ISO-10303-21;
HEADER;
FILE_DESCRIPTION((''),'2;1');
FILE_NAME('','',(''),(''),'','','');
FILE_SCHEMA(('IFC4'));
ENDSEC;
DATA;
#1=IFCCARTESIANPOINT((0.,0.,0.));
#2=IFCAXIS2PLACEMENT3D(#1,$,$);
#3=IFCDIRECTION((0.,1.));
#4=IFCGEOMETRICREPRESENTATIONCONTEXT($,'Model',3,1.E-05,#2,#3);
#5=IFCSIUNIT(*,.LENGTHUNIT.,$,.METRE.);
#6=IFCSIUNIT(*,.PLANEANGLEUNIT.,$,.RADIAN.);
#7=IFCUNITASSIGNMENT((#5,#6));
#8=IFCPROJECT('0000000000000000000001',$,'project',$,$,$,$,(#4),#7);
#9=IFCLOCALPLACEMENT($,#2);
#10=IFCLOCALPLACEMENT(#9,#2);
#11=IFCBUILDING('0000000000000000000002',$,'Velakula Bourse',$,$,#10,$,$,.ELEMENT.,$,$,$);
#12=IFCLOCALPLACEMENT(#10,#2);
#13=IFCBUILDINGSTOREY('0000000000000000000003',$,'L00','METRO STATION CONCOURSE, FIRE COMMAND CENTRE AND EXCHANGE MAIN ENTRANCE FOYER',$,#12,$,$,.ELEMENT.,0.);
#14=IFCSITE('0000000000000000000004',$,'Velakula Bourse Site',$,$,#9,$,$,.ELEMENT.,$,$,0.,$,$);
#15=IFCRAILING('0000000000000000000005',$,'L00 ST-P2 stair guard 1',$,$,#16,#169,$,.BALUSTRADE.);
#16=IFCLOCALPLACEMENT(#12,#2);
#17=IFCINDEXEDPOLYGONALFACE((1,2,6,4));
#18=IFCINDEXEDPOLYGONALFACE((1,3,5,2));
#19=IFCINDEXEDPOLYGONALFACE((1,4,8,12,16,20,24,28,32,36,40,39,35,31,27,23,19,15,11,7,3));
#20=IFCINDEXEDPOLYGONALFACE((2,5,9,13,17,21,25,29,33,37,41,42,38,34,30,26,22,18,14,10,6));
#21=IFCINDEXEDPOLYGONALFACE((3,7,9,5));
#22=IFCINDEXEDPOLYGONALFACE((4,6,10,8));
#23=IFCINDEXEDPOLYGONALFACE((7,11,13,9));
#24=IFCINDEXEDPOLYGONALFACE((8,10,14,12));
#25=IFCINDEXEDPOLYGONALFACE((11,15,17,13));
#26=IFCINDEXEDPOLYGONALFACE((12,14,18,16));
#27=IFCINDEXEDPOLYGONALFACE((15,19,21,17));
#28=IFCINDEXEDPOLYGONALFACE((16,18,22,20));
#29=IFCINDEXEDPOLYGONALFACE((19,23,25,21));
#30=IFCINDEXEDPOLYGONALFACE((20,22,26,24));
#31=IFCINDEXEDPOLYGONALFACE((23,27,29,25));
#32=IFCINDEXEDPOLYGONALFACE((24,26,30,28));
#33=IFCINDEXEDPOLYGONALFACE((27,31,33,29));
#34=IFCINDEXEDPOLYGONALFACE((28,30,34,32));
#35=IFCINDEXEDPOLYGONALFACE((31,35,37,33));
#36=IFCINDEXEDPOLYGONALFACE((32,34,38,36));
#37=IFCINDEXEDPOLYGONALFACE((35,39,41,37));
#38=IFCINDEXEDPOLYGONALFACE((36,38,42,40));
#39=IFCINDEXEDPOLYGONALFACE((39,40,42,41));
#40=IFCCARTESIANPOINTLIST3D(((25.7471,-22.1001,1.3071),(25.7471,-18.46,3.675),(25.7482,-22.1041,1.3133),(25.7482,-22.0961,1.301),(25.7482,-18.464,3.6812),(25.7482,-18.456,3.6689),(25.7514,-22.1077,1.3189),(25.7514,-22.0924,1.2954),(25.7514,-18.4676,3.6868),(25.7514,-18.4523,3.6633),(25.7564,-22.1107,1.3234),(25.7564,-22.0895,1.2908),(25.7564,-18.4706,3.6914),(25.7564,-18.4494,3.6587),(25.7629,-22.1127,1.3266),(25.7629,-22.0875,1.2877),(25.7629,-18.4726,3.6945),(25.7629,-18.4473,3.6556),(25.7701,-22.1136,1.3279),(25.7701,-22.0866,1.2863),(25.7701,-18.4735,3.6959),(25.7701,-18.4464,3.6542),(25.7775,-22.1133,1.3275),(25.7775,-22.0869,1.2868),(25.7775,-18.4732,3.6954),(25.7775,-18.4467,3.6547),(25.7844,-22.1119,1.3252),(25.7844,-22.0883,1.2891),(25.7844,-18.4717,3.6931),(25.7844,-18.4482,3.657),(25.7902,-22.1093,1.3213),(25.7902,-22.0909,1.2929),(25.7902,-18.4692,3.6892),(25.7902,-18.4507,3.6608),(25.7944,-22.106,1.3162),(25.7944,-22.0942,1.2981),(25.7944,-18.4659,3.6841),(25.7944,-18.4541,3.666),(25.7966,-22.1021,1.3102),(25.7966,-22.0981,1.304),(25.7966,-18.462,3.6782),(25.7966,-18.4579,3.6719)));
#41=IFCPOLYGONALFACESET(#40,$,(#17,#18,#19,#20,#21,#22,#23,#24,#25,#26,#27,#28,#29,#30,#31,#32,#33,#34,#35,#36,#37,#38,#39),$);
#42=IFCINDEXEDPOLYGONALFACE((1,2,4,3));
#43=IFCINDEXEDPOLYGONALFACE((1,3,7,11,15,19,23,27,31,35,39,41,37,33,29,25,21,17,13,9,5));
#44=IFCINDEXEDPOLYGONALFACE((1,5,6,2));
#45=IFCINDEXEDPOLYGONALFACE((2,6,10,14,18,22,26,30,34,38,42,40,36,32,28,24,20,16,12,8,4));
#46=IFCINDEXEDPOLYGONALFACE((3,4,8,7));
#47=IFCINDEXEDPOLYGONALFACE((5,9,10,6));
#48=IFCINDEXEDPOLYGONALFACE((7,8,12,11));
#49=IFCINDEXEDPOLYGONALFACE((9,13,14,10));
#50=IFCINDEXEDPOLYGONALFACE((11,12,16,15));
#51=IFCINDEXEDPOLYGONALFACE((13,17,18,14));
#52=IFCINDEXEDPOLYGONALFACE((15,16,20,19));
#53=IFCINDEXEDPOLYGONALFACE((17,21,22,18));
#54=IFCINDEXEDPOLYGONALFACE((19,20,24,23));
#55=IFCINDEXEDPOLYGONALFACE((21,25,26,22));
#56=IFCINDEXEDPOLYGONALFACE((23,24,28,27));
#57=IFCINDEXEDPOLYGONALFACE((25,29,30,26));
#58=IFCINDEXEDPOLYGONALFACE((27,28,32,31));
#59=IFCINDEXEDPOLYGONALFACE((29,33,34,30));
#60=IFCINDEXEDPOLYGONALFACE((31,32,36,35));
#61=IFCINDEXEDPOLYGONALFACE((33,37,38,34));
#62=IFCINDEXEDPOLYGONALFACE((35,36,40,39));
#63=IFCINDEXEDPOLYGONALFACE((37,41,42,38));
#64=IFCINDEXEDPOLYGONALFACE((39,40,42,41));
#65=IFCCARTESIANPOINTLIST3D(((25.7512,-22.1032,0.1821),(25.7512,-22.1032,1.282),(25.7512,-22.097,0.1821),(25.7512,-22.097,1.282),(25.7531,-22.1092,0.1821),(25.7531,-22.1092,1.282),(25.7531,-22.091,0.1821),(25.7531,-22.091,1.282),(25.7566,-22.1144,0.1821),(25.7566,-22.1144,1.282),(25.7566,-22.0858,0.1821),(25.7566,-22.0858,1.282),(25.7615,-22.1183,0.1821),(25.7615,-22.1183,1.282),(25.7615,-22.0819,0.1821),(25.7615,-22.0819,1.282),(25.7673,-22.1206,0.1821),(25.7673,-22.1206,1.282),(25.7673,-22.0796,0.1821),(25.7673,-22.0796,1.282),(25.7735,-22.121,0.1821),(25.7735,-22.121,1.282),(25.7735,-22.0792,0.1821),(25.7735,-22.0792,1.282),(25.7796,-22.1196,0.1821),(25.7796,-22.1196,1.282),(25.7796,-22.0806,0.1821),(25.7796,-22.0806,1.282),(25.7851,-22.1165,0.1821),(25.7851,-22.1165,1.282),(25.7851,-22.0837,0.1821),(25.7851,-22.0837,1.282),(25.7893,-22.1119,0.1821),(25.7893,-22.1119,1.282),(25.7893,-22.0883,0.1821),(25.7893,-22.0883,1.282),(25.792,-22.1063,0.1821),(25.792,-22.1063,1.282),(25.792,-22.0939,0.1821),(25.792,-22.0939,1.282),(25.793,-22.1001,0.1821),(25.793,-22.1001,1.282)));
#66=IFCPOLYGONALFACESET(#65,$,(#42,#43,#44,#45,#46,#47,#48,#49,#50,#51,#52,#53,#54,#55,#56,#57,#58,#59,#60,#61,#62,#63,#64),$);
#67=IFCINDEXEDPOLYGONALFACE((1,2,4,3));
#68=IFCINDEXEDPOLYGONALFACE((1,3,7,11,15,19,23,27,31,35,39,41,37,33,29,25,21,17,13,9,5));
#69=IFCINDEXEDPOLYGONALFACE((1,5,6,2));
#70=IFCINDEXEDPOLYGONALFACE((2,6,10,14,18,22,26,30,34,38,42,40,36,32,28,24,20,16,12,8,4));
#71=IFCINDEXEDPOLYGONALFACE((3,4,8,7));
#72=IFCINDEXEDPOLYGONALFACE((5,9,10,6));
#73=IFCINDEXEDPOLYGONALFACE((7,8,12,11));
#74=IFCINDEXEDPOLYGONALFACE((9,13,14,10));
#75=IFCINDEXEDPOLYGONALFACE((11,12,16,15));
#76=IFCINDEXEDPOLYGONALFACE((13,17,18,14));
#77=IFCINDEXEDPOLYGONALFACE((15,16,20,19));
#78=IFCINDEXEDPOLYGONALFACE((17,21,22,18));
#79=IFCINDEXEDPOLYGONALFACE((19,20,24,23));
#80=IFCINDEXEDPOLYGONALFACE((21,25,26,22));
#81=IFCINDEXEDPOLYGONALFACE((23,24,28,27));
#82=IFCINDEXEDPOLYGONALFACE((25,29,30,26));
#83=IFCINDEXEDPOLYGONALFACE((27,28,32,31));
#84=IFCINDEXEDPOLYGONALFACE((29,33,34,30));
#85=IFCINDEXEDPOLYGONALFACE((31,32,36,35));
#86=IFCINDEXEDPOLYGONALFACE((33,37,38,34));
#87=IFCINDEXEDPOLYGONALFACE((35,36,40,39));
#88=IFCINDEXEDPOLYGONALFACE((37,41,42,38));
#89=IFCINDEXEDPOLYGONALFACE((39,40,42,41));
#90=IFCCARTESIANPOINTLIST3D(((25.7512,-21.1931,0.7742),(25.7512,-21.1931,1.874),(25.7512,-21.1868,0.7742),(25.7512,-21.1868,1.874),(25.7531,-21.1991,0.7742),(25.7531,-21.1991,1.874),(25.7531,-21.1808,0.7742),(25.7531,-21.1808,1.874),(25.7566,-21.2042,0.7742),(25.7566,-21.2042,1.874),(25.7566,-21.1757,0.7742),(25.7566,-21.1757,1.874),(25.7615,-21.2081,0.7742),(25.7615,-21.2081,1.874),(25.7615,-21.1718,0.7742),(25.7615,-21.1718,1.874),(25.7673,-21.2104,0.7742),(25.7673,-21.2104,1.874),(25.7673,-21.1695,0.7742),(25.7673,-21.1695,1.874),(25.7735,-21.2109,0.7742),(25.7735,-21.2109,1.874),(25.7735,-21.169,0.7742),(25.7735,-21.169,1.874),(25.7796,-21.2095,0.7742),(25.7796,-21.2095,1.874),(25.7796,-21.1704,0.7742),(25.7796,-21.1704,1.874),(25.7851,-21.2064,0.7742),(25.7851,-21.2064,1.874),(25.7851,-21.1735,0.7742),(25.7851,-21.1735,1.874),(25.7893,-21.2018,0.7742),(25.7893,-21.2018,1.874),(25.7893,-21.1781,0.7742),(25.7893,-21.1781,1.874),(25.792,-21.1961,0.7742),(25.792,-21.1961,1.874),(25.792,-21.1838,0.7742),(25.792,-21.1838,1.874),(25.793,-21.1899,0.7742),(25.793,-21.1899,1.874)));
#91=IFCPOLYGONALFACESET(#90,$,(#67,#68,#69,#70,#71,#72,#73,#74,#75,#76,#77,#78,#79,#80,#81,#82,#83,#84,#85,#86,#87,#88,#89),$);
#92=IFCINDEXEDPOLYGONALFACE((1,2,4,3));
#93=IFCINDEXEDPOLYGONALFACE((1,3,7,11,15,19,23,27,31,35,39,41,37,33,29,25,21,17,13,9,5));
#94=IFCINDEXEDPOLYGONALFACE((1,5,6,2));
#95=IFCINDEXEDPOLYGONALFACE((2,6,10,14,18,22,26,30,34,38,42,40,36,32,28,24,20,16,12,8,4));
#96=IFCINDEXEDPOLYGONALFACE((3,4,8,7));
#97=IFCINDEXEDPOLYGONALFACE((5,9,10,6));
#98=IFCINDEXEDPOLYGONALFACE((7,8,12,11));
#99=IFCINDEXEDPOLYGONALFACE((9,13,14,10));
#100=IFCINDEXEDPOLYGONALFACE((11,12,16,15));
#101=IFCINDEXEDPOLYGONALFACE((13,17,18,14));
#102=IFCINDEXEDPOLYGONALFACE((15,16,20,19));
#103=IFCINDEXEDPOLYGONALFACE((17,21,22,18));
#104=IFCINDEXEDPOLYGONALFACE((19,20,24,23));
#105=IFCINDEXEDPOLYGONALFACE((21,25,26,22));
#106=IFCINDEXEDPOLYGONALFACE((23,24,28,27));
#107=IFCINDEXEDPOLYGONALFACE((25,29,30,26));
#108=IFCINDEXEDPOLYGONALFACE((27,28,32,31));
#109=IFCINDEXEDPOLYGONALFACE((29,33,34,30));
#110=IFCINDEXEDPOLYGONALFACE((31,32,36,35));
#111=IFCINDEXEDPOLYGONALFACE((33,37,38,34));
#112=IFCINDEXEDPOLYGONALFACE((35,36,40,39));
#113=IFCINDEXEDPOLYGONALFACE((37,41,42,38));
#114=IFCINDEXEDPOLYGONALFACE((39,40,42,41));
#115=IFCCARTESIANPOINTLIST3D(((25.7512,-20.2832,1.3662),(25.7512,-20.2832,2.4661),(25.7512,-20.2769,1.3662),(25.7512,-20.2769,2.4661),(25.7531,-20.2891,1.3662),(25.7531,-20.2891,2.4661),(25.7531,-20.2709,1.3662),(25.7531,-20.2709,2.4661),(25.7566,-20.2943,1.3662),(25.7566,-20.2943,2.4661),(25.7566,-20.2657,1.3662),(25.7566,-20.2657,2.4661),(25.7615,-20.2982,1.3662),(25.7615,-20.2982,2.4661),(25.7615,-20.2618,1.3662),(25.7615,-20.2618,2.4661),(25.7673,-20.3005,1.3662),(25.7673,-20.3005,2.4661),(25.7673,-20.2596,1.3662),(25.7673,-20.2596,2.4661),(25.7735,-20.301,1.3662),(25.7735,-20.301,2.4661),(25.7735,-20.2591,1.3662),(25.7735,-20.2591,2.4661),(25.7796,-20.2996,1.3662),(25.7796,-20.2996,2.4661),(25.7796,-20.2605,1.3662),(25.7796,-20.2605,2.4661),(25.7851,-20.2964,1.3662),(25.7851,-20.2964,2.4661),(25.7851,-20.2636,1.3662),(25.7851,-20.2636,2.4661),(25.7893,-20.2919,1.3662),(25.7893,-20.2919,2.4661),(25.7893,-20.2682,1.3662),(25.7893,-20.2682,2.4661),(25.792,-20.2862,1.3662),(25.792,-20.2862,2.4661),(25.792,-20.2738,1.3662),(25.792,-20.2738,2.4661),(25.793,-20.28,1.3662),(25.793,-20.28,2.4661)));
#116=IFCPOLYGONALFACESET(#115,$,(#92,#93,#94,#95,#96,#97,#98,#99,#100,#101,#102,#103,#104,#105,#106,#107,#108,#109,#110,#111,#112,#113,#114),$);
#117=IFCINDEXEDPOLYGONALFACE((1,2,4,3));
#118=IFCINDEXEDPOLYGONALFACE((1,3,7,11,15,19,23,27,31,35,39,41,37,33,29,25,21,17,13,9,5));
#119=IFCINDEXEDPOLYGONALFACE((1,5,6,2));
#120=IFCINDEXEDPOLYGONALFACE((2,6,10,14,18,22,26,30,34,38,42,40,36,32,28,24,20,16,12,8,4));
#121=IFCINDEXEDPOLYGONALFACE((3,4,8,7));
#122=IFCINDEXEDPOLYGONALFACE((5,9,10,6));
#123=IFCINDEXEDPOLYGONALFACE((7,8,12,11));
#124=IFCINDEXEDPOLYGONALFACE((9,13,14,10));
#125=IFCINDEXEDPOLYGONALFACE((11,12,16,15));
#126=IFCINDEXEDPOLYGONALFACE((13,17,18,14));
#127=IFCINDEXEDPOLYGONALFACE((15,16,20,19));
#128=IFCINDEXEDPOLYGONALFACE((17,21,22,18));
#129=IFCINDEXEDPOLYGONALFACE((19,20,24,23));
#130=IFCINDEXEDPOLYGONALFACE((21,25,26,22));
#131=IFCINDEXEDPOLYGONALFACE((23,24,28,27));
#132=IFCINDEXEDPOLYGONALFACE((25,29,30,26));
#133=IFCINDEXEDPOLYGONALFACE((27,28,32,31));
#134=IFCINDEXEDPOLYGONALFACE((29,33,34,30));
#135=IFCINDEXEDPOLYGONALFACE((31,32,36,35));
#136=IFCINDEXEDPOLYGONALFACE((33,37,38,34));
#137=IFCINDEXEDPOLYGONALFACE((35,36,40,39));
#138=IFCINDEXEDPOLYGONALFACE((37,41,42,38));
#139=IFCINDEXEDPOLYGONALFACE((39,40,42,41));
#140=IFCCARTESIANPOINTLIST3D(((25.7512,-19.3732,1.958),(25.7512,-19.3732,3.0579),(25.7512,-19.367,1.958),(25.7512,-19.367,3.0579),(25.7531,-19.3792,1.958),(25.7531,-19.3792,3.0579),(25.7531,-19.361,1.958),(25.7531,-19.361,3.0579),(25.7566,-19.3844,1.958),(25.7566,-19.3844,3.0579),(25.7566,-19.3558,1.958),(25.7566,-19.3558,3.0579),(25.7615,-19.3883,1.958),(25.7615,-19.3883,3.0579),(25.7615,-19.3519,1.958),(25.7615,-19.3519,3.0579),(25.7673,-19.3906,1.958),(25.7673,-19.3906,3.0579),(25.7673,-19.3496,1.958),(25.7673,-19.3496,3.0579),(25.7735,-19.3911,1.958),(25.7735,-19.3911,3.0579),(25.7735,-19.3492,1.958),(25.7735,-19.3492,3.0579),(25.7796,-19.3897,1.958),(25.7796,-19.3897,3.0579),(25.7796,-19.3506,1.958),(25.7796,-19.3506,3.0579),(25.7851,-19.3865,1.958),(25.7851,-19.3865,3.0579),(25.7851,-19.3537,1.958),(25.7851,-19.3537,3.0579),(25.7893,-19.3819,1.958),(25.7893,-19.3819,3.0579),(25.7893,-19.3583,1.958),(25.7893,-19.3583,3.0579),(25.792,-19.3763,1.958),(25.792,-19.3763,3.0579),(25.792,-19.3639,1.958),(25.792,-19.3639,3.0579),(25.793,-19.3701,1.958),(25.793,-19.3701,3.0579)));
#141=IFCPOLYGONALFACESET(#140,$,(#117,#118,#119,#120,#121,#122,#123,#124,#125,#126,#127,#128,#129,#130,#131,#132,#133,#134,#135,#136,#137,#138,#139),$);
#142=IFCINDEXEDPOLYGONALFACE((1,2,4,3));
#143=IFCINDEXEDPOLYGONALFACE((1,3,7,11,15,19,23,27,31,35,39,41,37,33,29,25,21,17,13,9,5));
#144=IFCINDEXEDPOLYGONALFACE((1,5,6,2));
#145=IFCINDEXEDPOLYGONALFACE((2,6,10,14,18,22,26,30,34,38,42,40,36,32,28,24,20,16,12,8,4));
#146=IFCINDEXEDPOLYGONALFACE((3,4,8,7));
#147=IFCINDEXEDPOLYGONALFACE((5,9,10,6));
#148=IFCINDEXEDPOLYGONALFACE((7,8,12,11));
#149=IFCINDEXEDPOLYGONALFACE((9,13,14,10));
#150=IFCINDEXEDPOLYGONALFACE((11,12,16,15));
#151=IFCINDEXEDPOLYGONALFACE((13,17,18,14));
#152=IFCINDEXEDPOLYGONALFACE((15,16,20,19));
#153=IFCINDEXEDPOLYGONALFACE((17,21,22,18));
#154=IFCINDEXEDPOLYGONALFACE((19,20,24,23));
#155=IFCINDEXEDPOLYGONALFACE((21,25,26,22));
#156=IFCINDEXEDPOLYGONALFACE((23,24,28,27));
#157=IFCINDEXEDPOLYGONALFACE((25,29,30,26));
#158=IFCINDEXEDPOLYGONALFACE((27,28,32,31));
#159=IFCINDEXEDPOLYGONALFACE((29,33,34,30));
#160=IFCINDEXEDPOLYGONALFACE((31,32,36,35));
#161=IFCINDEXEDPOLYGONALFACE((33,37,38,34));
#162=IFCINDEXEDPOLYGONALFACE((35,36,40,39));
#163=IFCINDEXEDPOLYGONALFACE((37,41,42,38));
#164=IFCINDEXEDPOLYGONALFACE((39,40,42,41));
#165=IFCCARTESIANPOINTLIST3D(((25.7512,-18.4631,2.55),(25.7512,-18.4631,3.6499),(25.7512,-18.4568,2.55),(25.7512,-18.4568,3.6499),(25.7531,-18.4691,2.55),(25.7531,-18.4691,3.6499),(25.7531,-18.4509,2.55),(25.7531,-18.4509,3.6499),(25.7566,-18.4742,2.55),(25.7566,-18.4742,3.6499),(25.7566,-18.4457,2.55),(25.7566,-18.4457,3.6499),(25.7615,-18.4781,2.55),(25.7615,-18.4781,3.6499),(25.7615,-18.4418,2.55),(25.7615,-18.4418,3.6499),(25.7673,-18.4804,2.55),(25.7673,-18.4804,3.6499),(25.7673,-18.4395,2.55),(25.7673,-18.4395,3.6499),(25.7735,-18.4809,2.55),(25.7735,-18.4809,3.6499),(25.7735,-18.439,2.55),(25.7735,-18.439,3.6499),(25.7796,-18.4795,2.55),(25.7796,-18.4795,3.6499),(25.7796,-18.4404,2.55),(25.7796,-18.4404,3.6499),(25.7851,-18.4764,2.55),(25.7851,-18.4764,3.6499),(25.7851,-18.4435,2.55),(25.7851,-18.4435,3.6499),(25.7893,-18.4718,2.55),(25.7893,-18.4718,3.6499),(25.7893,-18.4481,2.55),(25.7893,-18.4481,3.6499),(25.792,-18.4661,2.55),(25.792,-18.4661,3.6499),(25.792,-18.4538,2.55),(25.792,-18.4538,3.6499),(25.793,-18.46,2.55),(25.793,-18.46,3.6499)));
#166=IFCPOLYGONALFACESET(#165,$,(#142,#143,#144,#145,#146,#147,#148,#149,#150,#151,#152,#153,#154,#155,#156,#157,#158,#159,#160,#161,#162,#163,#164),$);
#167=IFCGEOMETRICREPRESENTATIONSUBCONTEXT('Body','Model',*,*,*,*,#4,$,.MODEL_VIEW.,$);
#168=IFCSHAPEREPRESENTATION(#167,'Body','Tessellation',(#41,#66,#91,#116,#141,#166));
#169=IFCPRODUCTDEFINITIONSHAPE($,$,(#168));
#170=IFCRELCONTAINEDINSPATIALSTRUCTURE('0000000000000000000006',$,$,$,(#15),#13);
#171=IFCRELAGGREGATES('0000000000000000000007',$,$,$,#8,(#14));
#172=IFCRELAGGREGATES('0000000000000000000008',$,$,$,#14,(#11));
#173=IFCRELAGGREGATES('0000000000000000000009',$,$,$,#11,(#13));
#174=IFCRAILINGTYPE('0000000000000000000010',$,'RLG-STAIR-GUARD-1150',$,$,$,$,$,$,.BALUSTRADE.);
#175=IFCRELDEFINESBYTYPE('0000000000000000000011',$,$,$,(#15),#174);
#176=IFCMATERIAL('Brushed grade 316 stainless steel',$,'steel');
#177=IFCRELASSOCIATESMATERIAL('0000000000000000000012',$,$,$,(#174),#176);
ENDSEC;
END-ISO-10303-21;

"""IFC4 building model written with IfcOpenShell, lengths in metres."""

from ifc_helpers import new_model, si_unit, direction, frame, origin, origin_2d, place, context, subcontext, project, spatial, circle, extrude, material, type_object, element, save


model = new_model("IFC4")

# Units and contexts
model_context = context("Model", 3, precision=1e-05, world=origin(), true_north=direction((0.0, 1.0)))
body_context = subcontext(model_context, "Body", "Model", "MODEL_VIEW")
ifc_project = project(units=[si_unit("LENGTHUNIT", "METRE"), si_unit("PLANEANGLEUNIT", "RADIAN")], contexts=[model_context])

# Site, building, storey
site_placement = place(None, origin())
site = spatial("IfcSite", under=ifc_project, at=site_placement, Name="Velakula Bourse Site", CompositionType="ELEMENT", RefElevation=0.0)
building_placement = place(site_placement, origin())
building = spatial("IfcBuilding", under=site, at=building_placement, Name="Velakula Bourse", CompositionType="ELEMENT")
storey_placement = place(building_placement, origin())
storey = spatial("IfcBuildingStorey", under=building, at=storey_placement, Name="L00", Description="METRO STATION CONCOURSE, FIRE COMMAND CENTRE AND EXCHANGE MAIN ENTRANCE FOYER", CompositionType="ELEMENT", Elevation=0.0)

# Railing
ifc_material_1 = material(Name="Brushed grade 316 stainless steel", Category="steel")
railing_type_1 = type_object("IfcRailingType", Name="RLG-STAIR-GUARD-1150", PredefinedType="BALUSTRADE", material=ifc_material_1)
railing_1_placement = place(storey_placement, frame((25.772, -22.1001, 0.1821)))
element("IfcRailing", 1, at=railing_1_placement, inside=storey, type_object=railing_type_1, Name="L00 ST-P2 stair guard 1", PredefinedType="BALUSTRADE", context=body_context, shape_type="SweptSolid", body=[
    extrude(circle(Radius=0.0249, at=origin_2d()), frame((0.0, 0.0, 1.125), z_axis=(0.0, 0.838251, 0.545285), x_axis=(-1.0, 0.0, 0.0)), (0.0, 0.0, 1.0), 4.3425),
    extrude(circle(Radius=0.021, at=origin_2d()), origin(), (0.0, 0.0, 1.0), 1.0999),
    extrude(circle(Radius=0.021, at=origin_2d()), frame((0.0, 0.9102, 0.592)), (0.0, 0.0, 1.0), 1.0999),
    extrude(circle(Radius=0.021, at=origin_2d()), frame((0.0, 1.8201, 1.1841)), (0.0, 0.0, 1.0), 1.0999),
    extrude(circle(Radius=0.021, at=origin_2d()), frame((0.0, 2.73, 1.7759)), (0.0, 0.0, 1.0), 1.0999),
    extrude(circle(Radius=0.021, at=origin_2d()), frame((0.0, 3.6401, 2.3679)), (0.0, 0.0, 1.0), 1.0999),
])

save(model, "model.ifc")
